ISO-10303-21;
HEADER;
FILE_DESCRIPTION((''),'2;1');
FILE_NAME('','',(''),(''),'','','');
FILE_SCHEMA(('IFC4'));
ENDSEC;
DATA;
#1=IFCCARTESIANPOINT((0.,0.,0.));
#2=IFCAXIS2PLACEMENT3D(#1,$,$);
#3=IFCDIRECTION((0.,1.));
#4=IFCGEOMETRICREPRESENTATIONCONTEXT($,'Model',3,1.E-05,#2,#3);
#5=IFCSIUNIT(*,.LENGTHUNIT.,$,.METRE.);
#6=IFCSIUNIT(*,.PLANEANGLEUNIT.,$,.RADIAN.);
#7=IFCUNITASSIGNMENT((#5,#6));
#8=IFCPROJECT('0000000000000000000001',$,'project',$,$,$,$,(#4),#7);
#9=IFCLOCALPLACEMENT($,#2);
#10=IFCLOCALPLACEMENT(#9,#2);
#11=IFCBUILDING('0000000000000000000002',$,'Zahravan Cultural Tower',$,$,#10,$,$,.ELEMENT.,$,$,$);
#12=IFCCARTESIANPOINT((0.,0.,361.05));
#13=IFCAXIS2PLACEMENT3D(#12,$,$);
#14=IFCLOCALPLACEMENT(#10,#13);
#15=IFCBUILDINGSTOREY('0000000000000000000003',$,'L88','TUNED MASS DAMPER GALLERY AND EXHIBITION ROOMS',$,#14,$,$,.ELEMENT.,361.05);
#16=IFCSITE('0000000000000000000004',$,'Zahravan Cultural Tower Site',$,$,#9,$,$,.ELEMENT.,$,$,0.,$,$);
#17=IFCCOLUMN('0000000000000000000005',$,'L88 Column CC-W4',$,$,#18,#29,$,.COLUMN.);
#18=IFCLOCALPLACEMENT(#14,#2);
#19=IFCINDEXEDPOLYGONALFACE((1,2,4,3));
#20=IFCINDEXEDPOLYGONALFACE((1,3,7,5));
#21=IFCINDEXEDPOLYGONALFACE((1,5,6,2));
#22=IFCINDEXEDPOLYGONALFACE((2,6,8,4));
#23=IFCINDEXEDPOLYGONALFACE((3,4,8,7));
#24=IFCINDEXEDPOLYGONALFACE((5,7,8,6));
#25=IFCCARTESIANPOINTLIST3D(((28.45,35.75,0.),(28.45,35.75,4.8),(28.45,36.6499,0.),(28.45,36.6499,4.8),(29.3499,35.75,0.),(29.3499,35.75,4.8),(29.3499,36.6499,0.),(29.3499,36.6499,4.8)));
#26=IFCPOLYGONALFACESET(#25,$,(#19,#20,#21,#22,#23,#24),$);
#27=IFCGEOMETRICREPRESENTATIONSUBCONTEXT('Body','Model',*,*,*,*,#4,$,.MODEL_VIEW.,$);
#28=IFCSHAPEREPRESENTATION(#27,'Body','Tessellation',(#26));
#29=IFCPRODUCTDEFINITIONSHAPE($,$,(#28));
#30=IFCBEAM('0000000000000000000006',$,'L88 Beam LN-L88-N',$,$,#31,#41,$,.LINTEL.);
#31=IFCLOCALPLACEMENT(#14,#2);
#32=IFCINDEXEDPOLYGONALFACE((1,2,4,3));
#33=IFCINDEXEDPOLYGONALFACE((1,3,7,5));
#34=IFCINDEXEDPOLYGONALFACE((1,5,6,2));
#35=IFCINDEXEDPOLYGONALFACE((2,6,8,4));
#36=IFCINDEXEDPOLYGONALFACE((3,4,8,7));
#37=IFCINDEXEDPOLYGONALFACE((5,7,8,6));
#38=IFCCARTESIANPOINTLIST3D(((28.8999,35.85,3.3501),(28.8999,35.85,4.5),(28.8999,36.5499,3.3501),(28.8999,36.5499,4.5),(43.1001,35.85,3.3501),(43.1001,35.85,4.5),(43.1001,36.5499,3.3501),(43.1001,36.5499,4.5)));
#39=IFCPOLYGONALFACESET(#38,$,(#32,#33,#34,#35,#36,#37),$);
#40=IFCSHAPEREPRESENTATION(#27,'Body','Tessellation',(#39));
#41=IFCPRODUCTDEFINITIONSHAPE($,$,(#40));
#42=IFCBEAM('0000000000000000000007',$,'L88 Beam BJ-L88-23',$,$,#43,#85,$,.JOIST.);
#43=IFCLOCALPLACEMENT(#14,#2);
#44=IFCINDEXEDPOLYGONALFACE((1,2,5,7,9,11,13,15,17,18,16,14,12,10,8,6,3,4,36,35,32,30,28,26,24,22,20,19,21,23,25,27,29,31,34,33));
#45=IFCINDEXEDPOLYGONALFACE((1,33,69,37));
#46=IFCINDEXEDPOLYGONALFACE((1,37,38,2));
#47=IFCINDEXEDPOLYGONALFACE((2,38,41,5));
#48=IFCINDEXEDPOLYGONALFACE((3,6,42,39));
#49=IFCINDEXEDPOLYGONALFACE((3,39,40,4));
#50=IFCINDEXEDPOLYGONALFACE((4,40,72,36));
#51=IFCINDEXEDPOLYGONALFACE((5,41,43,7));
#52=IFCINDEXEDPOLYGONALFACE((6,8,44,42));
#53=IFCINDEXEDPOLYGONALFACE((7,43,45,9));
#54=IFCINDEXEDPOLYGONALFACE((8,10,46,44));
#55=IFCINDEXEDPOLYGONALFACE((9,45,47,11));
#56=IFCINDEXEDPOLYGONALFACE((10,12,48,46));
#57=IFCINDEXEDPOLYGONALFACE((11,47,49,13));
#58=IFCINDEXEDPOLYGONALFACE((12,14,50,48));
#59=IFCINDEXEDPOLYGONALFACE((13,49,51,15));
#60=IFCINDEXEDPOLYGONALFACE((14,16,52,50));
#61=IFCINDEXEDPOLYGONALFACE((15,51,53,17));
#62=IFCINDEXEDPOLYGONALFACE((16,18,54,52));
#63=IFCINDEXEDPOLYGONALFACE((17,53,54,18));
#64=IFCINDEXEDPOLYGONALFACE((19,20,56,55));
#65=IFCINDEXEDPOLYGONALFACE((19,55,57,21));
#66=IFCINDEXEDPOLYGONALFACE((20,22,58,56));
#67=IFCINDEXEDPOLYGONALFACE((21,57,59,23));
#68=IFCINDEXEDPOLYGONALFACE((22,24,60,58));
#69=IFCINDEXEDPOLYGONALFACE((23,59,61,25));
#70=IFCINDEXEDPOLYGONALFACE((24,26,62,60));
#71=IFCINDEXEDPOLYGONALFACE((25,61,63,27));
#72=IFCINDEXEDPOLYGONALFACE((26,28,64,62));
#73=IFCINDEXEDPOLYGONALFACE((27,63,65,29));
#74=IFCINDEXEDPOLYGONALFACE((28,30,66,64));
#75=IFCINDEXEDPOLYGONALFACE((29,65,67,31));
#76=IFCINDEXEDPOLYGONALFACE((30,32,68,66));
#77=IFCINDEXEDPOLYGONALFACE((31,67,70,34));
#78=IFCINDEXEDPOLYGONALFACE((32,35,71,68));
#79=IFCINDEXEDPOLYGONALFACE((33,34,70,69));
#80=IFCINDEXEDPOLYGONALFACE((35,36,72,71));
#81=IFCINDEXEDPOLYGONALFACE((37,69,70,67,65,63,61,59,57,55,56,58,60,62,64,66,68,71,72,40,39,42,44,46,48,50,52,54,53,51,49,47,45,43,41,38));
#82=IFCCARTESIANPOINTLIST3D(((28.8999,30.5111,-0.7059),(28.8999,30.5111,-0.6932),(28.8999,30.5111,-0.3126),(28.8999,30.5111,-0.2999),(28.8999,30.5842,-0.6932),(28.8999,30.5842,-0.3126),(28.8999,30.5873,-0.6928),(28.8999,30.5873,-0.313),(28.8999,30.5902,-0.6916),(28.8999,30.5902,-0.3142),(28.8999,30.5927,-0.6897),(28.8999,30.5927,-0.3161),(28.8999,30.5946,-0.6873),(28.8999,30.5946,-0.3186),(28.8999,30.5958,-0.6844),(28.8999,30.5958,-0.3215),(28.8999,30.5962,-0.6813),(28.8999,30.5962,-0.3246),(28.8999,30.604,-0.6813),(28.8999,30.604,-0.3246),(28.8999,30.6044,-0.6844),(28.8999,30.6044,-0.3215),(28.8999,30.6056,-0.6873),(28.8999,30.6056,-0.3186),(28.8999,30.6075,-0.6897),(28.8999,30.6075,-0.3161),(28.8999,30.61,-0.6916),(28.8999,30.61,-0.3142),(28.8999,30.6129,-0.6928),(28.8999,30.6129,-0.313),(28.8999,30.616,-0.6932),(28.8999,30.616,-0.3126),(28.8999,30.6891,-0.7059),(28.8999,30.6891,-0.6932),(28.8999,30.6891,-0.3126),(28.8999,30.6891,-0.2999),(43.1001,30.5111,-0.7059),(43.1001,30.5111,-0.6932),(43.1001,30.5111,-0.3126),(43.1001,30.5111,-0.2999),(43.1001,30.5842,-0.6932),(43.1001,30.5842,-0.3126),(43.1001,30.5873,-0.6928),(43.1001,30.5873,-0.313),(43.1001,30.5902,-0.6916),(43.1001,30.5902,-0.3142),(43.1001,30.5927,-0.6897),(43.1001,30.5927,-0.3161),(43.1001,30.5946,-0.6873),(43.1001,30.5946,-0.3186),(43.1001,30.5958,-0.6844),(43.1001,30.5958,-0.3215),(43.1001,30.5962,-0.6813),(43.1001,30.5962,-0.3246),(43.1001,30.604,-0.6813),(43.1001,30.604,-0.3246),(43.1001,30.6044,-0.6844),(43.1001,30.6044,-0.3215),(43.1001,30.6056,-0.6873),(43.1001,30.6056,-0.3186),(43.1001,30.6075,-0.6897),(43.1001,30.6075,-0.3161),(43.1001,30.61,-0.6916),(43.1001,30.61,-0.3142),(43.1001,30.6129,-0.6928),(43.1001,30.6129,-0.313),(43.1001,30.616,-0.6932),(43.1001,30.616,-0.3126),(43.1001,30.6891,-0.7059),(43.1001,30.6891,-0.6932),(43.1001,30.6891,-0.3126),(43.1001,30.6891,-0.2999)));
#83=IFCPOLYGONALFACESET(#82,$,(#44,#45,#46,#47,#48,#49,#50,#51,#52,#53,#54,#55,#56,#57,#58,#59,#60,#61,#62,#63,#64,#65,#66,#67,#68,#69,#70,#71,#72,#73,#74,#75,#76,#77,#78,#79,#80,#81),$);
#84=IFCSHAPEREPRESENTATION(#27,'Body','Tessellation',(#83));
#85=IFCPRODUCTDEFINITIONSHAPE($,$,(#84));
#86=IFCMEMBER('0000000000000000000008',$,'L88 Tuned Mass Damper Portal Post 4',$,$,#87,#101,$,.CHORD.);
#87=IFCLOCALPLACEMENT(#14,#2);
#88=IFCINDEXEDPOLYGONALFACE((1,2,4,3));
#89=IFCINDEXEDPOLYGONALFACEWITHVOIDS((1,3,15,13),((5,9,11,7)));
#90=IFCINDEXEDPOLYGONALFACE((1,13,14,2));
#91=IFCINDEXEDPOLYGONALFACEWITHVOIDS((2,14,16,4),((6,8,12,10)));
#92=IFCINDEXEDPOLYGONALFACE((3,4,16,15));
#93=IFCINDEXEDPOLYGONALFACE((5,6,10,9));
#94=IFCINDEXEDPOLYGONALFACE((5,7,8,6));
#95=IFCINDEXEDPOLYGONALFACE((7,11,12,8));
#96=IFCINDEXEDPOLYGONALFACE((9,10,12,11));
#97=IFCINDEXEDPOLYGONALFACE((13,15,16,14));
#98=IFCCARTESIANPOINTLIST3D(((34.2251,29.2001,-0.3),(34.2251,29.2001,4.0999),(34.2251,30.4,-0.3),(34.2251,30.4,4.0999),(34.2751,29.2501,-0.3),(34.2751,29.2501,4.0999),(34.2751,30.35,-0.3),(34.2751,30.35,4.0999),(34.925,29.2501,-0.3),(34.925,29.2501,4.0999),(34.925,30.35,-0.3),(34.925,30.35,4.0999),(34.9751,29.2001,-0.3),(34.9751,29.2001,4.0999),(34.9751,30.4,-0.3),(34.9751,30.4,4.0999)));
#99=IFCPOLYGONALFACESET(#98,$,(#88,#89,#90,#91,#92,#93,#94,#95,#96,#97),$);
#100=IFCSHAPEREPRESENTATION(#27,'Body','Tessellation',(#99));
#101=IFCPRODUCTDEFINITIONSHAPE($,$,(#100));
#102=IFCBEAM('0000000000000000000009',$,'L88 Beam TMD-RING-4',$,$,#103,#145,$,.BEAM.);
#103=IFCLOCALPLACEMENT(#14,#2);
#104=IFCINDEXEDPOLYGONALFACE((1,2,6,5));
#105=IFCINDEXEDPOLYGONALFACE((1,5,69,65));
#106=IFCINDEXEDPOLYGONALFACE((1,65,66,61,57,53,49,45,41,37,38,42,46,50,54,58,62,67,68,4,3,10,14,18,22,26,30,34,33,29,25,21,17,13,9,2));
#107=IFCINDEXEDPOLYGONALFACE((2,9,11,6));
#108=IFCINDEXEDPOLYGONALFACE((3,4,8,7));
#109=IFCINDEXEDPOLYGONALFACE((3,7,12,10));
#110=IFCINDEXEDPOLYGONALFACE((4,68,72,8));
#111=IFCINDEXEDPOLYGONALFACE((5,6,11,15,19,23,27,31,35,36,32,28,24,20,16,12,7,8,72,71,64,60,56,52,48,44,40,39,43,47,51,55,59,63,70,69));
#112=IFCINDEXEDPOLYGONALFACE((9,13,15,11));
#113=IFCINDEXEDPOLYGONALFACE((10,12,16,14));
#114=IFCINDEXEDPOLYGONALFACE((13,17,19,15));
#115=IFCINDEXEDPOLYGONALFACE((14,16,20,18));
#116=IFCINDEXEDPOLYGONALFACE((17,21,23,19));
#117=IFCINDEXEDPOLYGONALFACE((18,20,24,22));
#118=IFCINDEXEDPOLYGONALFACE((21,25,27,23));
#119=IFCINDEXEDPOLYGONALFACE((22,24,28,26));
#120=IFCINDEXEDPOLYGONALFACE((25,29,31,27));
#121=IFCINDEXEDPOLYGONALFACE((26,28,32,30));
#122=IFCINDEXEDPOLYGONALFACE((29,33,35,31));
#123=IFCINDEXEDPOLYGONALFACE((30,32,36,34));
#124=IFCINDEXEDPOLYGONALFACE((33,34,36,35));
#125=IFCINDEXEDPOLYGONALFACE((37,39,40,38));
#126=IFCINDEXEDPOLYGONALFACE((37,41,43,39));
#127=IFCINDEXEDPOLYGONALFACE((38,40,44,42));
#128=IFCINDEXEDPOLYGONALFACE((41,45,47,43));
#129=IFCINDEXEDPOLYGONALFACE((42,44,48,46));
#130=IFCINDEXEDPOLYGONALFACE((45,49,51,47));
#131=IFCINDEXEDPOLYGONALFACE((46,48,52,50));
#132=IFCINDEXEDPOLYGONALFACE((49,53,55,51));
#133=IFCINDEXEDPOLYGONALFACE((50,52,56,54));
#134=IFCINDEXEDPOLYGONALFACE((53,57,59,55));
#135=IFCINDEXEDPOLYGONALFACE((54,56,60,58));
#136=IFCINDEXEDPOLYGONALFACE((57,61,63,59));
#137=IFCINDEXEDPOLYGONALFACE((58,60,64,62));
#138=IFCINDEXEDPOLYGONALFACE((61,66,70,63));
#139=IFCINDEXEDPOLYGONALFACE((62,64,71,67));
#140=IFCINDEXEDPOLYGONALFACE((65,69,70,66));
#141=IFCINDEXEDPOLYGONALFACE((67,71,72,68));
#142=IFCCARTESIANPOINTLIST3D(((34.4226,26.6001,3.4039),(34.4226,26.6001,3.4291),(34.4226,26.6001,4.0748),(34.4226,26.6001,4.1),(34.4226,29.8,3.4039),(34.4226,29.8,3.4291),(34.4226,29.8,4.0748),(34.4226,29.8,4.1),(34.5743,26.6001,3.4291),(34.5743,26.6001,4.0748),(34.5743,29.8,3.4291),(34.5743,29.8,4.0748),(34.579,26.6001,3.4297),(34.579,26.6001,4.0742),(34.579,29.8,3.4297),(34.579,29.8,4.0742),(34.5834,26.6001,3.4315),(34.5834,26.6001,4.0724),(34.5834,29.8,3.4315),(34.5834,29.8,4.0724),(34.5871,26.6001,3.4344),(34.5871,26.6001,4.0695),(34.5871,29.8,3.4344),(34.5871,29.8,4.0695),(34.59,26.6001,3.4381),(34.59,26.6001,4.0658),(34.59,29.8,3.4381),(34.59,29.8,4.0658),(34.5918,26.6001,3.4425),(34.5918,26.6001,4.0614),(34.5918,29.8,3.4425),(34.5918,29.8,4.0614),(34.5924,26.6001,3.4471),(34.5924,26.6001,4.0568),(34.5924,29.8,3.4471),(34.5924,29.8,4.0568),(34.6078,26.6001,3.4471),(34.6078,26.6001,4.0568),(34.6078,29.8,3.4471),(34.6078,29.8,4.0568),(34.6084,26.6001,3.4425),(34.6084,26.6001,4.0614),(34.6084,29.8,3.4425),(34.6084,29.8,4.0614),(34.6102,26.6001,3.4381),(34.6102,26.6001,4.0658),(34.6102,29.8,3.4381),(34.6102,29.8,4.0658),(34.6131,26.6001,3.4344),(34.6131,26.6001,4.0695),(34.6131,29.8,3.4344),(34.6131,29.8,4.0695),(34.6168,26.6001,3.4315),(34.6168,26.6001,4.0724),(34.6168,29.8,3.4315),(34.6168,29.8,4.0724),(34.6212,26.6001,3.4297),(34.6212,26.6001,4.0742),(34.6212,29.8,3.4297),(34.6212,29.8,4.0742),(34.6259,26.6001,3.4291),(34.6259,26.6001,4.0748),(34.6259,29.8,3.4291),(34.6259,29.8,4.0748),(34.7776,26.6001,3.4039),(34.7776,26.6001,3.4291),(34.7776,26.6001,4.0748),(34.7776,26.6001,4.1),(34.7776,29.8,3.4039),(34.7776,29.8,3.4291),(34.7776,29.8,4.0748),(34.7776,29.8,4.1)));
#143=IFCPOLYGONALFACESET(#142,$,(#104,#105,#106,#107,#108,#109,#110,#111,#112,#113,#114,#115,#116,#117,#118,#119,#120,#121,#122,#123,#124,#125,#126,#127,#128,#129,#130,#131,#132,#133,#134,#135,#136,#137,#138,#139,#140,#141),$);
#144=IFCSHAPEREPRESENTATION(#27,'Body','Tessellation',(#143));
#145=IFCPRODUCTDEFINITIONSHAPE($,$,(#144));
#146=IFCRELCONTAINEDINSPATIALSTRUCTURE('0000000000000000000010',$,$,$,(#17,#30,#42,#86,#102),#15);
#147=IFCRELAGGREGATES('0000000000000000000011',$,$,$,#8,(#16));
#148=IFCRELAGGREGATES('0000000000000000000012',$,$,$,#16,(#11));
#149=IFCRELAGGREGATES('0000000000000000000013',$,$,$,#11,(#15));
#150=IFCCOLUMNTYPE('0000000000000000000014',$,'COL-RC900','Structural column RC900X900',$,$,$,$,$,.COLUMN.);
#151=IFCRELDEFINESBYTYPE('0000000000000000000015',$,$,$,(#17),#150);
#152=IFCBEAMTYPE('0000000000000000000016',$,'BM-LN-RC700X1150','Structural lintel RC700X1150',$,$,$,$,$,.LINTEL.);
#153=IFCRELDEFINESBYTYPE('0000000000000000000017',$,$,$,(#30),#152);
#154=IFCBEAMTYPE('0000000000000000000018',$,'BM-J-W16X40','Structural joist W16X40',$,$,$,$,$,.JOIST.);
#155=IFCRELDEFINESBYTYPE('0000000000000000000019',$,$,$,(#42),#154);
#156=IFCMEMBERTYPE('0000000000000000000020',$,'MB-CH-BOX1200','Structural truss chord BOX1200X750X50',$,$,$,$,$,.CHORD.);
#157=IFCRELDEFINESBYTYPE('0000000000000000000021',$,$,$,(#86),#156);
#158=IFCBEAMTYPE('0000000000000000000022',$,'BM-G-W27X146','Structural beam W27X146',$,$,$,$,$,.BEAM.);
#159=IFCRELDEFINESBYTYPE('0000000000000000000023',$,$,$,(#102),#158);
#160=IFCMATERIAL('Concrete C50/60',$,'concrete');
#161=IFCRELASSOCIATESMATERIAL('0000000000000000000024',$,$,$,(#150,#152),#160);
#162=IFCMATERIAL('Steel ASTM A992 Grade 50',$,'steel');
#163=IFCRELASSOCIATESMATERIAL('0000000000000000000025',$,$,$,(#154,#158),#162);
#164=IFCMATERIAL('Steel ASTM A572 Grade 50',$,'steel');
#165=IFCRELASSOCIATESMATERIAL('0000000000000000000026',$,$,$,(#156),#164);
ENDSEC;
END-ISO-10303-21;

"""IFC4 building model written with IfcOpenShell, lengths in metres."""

from ifc_helpers import new_model, si_unit, direction, frame, origin, origin_2d, place, context, subcontext, project, spatial, rectangle, hollow_rectangle, i_section, extrude, source, transform, mapped, material, material_profile, profile_set, type_object, element, save


model = new_model("IFC4")

# Units and contexts
model_context = context("Model", 3, precision=1e-05, world=origin(), true_north=direction((0.0, 1.0)))
body_context = subcontext(model_context, "Body", "Model", "MODEL_VIEW")
ifc_project = project(units=[si_unit("LENGTHUNIT", "METRE"), si_unit("PLANEANGLEUNIT", "RADIAN")], contexts=[model_context])

# Site, building, storey
site_placement = place(None, origin())
site = spatial("IfcSite", under=ifc_project, at=site_placement, Name="Zahravan Cultural Tower Site", CompositionType="ELEMENT", RefElevation=0.0)
building_placement = place(site_placement, origin())
building = spatial("IfcBuilding", under=site, at=building_placement, Name="Zahravan Cultural Tower", CompositionType="ELEMENT")
storey_placement = place(building_placement, frame((0.0, 0.0, 361.05)))
storey = spatial("IfcBuildingStorey", under=building, at=storey_placement, Name="L88", Description="TUNED MASS DAMPER GALLERY AND EXHIBITION ROOMS", CompositionType="ELEMENT", Elevation=361.05)

# Column
ifc_material_1 = material(Name="Concrete C50/60", Category="concrete")
ifc_material_profile_1 = material_profile(ifc_material_1, rectangle(XDim=0.8999, YDim=0.8999, at=origin_2d()), Name="RC900X900")
ifc_profile_set_1 = profile_set([ifc_material_profile_1], Name="Concrete C50/60")
column_type = type_object("IfcColumnType", Name="COL-RC900", Description="Structural column RC900X900", PredefinedType="COLUMN", material=ifc_profile_set_1)
shared_shape_1 = source(origin(), body_context, "Body", "SweptSolid", [
    extrude(rectangle(XDim=0.8999, YDim=0.8999, at=origin_2d()), origin(), (0.0, 0.0, 1.0), 4.8),
])
column_placement = place(storey_placement, frame((28.8999, 36.2, 0.0), z_axis=(0.0, 0.0, 1.0), x_axis=(1.0, 0.0, 0.0)))
element("IfcColumn", 1, at=column_placement, inside=storey, type_object=column_type, Name="L88 Column CC-W4", PredefinedType="COLUMN", context=body_context, shape_type="MappedRepresentation", body=[
    mapped(shared_shape_1, transform((0.0, 0.0, 0.0), x_axis=(1.0, 0.0, 0.0), y_axis=(0.0, 1.0, 0.0), z_axis=(0.0, 0.0, 1.0), scale=1.0)),
])

# Beams
ifc_material_profile_2 = material_profile(ifc_material_1, rectangle(XDim=0.7, YDim=1.1499, at=origin_2d()), Name="RC700X1150")
ifc_profile_set_2 = profile_set([ifc_material_profile_2], Name="Concrete C50/60")
beam_type_1 = type_object("IfcBeamType", Name="BM-LN-RC700X1150", Description="Structural lintel RC700X1150", PredefinedType="LINTEL", material=ifc_profile_set_2)
shared_shape_2 = source(origin(), body_context, "Body", "SweptSolid", [
    extrude(rectangle(XDim=0.7, YDim=1.1499, at=origin_2d()), origin(), (0.0, 0.0, 1.0), 14.2002),
])
beam_1_placement = place(storey_placement, frame((28.8999, 36.2, 3.925), z_axis=(1.0, 0.0, 0.0), x_axis=(0.0, 1.0, 0.0)))
element("IfcBeam", 2, at=beam_1_placement, inside=storey, type_object=beam_type_1, Name="L88 Beam LN-L88-N", PredefinedType="LINTEL", context=body_context, shape_type="MappedRepresentation", body=[
    mapped(shared_shape_2, transform((0.0, 0.0, 0.0), x_axis=(1.0, 0.0, 0.0), y_axis=(0.0, 1.0, 0.0), z_axis=(0.0, 0.0, 1.0), scale=1.0)),
])
ifc_material_2 = material(Name="Steel ASTM A992 Grade 50", Category="steel")
ifc_material_profile_3 = material_profile(ifc_material_2, i_section(OverallWidth=0.178, OverallDepth=0.406, WebThickness=0.0078, FlangeThickness=0.0127, FilletRadius=0.012, at=origin_2d()), Name="W16X40")
ifc_profile_set_3 = profile_set([ifc_material_profile_3], Name="Steel ASTM A992 Grade 50")
beam_type_2 = type_object("IfcBeamType", Name="BM-J-W16X40", Description="Structural joist W16X40", PredefinedType="JOIST", material=ifc_profile_set_3)
shared_shape_3 = source(origin(), body_context, "Body", "SweptSolid", [
    extrude(i_section(OverallWidth=0.178, OverallDepth=0.406, WebThickness=0.0078, FlangeThickness=0.0127, FilletRadius=0.012, at=origin_2d()), origin(), (0.0, 0.0, 1.0), 14.2002),
])
beam_2_placement = place(storey_placement, frame((28.8999, 30.6001, -0.5029), z_axis=(1.0, 0.0, 0.0), x_axis=(0.0, 1.0, 0.0)))
element("IfcBeam", 3, at=beam_2_placement, inside=storey, type_object=beam_type_2, Name="L88 Beam BJ-L88-23", PredefinedType="JOIST", context=body_context, shape_type="MappedRepresentation", body=[
    mapped(shared_shape_3, transform((0.0, 0.0, 0.0), x_axis=(1.0, 0.0, 0.0), y_axis=(0.0, 1.0, 0.0), z_axis=(0.0, 0.0, 1.0), scale=1.0)),
])

# Member
ifc_material_3 = material(Name="Steel ASTM A572 Grade 50", Category="steel")
ifc_material_profile_4 = material_profile(ifc_material_3, hollow_rectangle(XDim=0.75, YDim=1.2, WallThickness=0.05, at=origin_2d()), Name="BOX1200X750X50")
ifc_profile_set_4 = profile_set([ifc_material_profile_4], Name="Steel ASTM A572 Grade 50")
member_type_1 = type_object("IfcMemberType", Name="MB-CH-BOX1200", Description="Structural truss chord BOX1200X750X50", PredefinedType="CHORD", material=ifc_profile_set_4)
shared_shape_4 = source(origin(), body_context, "Body", "SweptSolid", [
    extrude(hollow_rectangle(XDim=0.75, YDim=1.2, WallThickness=0.05, at=origin_2d()), origin(), (0.0, 0.0, 1.0), 4.3999),
])
member_1_placement = place(storey_placement, frame((34.6001, 29.8, -0.3), z_axis=(0.0, 0.0, 1.0), x_axis=(1.0, 0.0, 0.0)))
element("IfcMember", 4, at=member_1_placement, inside=storey, type_object=member_type_1, Name="L88 Tuned Mass Damper Portal Post 4", PredefinedType="CHORD", context=body_context, shape_type="MappedRepresentation", body=[
    mapped(shared_shape_4, transform((0.0, 0.0, 0.0), x_axis=(1.0, 0.0, 0.0), y_axis=(0.0, 1.0, 0.0), z_axis=(0.0, 0.0, 1.0), scale=1.0)),
])

# Beam
ifc_material_profile_5 = material_profile(ifc_material_2, i_section(OverallWidth=0.355, OverallDepth=0.696, WebThickness=0.0154, FlangeThickness=0.0251, FilletRadius=0.0181, at=origin_2d()), Name="W27X146")
ifc_profile_set_5 = profile_set([ifc_material_profile_5], Name="Steel ASTM A992 Grade 50")
beam_type_3 = type_object("IfcBeamType", Name="BM-G-W27X146", Description="Structural beam W27X146", PredefinedType="BEAM", material=ifc_profile_set_5)
shared_shape_5 = source(origin(), body_context, "Body", "SweptSolid", [
    extrude(i_section(OverallWidth=0.355, OverallDepth=0.696, WebThickness=0.0154, FlangeThickness=0.0251, FilletRadius=0.0181, at=origin_2d()), origin(), (0.0, 0.0, 1.0), 3.2),
])
beam_3_placement = place(storey_placement, frame((34.6001, 29.8, 3.752), z_axis=(0.0, -1.0, 0.0), x_axis=(1.0, 0.0, 0.0)))
element("IfcBeam", 5, at=beam_3_placement, inside=storey, type_object=beam_type_3, Name="L88 Beam TMD-RING-4", PredefinedType="BEAM", context=body_context, shape_type="MappedRepresentation", body=[
    mapped(shared_shape_5, transform((0.0, 0.0, 0.0), x_axis=(1.0, 0.0, 0.0), y_axis=(0.0, 1.0, 0.0), z_axis=(0.0, 0.0, 1.0), scale=1.0)),
])

save(model, "model.ifc")
